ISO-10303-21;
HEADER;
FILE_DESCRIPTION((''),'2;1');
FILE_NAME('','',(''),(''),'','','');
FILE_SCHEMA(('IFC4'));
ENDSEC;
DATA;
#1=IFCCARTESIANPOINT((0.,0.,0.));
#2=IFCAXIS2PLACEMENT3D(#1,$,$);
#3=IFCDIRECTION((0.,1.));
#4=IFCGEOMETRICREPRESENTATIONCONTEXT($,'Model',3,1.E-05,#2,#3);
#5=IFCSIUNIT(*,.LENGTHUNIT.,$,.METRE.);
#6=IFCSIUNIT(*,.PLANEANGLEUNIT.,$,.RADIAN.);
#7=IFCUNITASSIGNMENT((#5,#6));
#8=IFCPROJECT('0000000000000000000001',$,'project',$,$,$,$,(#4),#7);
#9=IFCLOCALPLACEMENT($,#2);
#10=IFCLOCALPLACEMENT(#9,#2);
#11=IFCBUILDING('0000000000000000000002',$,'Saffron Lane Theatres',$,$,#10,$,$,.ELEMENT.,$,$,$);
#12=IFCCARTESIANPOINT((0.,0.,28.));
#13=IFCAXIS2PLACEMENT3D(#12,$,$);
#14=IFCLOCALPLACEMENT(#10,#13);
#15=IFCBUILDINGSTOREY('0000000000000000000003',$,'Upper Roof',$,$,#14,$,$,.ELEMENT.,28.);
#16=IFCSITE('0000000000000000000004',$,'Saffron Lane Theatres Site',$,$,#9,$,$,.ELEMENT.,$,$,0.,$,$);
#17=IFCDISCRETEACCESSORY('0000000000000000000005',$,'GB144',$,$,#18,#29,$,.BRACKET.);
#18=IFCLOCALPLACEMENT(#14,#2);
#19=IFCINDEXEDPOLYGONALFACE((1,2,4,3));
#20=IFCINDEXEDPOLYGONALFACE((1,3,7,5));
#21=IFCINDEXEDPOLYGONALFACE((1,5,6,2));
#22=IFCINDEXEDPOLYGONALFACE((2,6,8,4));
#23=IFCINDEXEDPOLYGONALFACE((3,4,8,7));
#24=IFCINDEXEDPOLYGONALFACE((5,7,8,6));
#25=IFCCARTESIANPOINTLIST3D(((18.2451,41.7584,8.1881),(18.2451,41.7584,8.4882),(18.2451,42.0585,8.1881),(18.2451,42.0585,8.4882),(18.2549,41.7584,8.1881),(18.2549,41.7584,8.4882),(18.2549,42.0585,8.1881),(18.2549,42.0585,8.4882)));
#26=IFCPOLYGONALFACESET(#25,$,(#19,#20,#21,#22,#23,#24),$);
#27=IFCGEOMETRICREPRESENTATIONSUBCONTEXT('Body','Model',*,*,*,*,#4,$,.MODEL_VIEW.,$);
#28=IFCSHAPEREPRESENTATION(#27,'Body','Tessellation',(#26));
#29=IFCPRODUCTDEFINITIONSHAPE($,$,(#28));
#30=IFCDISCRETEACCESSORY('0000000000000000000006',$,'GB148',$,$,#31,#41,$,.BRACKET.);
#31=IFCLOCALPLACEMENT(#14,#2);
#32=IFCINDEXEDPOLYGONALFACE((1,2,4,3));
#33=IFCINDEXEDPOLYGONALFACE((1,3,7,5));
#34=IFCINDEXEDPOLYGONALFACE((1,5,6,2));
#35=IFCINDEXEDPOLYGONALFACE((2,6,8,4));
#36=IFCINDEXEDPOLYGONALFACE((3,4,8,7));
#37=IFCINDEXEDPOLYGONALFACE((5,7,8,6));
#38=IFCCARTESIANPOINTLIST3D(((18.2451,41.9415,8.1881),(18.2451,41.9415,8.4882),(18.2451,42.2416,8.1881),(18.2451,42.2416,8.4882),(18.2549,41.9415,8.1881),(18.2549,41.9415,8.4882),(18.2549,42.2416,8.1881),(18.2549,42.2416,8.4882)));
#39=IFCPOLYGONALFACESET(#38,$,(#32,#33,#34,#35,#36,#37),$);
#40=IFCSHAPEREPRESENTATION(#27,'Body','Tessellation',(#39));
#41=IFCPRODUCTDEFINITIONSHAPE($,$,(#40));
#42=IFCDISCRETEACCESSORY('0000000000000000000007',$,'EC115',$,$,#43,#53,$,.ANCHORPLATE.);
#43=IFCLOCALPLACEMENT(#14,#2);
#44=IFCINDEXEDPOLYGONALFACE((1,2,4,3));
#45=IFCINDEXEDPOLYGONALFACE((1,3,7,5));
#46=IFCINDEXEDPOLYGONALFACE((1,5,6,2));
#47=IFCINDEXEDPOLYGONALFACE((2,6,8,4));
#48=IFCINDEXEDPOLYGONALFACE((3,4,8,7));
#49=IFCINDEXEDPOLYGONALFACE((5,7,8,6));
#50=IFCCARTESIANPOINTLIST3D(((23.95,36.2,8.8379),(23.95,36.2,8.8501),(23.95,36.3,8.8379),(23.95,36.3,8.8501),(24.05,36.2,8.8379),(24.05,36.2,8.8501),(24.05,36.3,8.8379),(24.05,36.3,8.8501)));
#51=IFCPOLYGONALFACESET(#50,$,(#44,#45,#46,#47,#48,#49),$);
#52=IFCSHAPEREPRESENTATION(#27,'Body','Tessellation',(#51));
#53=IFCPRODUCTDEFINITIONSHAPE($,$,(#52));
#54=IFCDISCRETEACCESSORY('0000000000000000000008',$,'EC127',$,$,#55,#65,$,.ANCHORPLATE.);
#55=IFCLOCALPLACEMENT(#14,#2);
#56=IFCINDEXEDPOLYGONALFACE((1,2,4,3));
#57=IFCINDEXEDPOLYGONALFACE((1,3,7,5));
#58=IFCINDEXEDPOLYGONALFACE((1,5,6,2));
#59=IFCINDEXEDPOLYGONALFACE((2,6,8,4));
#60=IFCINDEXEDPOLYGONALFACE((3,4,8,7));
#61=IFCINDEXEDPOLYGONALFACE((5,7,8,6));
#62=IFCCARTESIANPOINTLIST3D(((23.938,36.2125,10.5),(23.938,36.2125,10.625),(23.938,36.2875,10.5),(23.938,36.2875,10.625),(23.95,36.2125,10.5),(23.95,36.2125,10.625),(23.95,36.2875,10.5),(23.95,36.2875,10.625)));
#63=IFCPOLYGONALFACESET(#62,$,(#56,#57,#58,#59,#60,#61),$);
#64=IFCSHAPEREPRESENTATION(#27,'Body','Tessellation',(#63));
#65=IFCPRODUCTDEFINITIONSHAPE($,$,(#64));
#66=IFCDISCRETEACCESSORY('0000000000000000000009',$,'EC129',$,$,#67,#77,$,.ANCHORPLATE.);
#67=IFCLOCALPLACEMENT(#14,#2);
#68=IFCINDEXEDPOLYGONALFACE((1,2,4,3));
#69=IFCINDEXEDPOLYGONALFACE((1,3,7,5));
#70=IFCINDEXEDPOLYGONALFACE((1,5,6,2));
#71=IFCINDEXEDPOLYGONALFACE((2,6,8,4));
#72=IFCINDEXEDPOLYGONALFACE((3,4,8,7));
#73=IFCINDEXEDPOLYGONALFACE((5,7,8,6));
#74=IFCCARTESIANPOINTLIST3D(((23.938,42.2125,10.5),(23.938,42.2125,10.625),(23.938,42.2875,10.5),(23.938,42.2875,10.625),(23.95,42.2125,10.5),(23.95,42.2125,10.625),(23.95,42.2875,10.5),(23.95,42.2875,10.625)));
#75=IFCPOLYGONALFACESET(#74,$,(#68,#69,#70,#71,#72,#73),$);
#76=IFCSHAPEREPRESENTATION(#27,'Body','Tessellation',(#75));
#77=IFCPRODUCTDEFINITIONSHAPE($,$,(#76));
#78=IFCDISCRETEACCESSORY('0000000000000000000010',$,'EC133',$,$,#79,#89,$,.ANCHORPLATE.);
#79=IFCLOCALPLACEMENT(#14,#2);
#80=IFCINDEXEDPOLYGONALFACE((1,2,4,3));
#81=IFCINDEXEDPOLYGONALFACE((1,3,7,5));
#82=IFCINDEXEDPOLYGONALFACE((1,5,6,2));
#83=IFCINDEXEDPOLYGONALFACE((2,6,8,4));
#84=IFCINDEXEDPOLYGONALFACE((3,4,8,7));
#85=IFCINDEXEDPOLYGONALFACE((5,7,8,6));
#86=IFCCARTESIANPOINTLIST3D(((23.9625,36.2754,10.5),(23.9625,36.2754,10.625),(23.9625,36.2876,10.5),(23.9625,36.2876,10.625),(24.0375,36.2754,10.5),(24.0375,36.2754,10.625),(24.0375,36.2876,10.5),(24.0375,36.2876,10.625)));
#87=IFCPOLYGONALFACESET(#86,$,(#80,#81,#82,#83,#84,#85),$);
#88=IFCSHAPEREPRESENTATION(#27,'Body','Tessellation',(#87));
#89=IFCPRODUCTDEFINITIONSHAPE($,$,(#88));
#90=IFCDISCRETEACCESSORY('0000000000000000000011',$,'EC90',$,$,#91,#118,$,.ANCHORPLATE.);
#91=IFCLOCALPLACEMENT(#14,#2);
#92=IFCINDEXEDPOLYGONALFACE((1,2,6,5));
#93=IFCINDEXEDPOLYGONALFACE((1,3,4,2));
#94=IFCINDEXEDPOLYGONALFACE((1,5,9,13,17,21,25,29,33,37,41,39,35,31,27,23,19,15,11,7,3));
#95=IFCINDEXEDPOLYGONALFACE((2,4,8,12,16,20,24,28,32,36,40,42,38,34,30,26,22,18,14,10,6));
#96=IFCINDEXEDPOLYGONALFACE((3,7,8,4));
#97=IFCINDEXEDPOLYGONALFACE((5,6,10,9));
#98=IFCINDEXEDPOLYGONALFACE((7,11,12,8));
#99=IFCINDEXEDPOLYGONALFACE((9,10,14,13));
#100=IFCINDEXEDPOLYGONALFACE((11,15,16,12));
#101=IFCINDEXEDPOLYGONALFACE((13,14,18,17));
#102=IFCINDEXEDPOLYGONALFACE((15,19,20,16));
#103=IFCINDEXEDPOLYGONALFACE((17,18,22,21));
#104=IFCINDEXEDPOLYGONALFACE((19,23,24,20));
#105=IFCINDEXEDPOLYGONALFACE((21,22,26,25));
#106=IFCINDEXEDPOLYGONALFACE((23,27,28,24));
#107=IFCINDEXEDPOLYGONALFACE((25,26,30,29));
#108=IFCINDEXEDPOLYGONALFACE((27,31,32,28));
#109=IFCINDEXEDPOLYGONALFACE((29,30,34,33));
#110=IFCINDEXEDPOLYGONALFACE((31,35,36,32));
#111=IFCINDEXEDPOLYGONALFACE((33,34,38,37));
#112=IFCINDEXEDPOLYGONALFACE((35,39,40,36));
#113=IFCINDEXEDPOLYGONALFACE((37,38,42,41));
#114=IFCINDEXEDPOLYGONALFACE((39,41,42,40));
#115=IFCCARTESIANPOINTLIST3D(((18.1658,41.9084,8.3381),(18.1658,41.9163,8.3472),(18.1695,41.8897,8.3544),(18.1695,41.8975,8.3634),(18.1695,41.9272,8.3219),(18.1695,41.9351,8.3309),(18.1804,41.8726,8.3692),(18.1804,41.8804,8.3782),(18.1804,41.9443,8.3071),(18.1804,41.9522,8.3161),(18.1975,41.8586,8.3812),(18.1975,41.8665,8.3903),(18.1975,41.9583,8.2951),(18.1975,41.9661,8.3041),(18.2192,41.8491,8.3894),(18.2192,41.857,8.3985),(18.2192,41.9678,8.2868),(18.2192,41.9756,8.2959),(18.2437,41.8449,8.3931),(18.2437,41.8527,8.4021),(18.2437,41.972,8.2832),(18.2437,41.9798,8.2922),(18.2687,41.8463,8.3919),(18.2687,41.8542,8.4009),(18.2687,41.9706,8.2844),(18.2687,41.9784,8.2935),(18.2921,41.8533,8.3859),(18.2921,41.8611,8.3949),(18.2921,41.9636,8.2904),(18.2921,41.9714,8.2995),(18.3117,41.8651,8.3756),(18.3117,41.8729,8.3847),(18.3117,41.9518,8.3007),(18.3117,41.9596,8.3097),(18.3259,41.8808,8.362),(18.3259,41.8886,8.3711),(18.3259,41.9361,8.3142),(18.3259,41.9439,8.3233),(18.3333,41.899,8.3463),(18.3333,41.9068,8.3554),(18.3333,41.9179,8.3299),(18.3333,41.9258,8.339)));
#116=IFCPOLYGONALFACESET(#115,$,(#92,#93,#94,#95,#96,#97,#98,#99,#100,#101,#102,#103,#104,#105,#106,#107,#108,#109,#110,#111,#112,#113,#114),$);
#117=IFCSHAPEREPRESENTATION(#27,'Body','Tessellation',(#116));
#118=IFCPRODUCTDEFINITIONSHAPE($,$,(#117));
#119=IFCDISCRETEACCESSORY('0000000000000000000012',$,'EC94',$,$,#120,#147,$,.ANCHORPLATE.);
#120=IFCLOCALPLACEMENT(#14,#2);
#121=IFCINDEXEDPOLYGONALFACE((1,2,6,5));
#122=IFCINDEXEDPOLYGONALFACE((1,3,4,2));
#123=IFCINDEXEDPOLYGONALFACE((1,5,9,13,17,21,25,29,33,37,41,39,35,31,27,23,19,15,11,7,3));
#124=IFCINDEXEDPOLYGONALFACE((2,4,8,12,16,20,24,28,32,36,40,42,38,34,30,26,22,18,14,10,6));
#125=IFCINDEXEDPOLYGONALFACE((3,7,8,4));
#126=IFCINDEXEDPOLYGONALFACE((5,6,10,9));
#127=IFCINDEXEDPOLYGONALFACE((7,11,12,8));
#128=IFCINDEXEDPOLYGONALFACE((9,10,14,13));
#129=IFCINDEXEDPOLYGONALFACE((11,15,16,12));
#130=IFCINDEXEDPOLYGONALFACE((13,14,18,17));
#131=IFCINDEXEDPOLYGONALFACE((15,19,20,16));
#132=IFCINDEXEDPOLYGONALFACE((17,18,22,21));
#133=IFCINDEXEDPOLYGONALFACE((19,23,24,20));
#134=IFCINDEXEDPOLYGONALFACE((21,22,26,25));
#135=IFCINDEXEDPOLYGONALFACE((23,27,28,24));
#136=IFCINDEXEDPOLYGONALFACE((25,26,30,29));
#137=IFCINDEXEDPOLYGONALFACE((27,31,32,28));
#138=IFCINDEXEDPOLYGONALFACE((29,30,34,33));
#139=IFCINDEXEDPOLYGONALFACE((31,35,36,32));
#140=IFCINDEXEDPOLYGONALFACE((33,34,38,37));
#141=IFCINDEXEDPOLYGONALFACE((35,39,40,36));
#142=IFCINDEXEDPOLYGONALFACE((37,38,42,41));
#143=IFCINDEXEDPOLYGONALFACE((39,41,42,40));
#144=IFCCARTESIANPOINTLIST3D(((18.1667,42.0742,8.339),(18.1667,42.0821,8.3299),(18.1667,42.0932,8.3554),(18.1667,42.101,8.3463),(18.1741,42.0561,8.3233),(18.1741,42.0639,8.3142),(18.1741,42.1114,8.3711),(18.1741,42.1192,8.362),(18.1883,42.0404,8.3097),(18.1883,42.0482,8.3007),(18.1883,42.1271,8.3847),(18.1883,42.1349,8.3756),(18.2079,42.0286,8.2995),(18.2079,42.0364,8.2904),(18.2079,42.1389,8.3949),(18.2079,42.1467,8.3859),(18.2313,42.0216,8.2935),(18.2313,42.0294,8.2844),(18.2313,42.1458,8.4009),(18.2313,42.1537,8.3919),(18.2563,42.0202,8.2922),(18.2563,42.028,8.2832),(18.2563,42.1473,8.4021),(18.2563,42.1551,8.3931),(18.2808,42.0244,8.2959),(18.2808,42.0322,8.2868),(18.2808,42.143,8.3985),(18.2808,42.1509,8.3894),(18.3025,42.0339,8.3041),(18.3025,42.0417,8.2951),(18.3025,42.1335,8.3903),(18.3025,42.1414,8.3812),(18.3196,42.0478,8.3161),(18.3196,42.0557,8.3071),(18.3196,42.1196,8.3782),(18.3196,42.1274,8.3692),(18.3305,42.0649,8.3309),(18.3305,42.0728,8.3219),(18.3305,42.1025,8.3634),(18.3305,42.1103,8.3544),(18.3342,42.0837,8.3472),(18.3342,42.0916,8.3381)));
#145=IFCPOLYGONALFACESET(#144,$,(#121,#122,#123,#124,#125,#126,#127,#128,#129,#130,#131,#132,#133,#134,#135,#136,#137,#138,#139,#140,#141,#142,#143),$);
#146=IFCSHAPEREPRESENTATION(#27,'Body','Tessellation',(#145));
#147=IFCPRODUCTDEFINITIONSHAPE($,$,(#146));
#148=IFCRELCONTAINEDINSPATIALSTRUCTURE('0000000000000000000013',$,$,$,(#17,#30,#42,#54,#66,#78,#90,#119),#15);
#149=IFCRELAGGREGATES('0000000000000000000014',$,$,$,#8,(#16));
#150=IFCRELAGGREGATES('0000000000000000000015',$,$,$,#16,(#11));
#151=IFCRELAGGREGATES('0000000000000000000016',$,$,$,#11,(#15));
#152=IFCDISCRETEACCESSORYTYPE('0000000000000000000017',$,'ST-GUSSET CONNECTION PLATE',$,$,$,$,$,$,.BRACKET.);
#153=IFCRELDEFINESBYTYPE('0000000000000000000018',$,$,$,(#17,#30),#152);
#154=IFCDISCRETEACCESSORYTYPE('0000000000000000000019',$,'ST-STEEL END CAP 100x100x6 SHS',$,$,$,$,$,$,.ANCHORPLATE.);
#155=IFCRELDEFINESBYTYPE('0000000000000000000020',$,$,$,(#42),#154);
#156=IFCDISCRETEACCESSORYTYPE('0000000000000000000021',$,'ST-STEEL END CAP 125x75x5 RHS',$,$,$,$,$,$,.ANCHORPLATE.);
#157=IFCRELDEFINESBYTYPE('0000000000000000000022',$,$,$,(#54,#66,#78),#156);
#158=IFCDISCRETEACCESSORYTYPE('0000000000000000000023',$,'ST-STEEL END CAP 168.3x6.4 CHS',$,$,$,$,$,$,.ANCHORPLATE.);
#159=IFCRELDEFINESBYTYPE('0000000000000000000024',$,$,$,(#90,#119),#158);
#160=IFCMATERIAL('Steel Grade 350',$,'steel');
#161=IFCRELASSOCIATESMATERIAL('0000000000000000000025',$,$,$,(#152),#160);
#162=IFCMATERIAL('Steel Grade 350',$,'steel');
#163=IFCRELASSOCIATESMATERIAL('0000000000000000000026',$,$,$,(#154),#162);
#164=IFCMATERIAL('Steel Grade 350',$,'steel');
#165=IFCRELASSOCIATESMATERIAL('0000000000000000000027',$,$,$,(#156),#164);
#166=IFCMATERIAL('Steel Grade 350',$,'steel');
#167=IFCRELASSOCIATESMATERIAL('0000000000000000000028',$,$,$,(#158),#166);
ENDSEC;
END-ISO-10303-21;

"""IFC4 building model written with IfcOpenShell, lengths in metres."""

from ifc_helpers import new_model, si_unit, direction, frame, origin, origin_2d, place, context, subcontext, project, spatial, rectangle, circle, extrude, material, material_profile, profile_set, type_object, element, save


model = new_model("IFC4")

# Units and contexts
model_context = context("Model", 3, precision=1e-05, world=origin(), true_north=direction((0.0, 1.0)))
body_context = subcontext(model_context, "Body", "Model", "MODEL_VIEW")
ifc_project = project(units=[si_unit("LENGTHUNIT", "METRE"), si_unit("PLANEANGLEUNIT", "RADIAN")], contexts=[model_context])

# Site, building, storey
site_placement = place(None, origin())
site = spatial("IfcSite", under=ifc_project, at=site_placement, Name="Saffron Lane Theatres Site", CompositionType="ELEMENT", RefElevation=0.0)
building_placement = place(site_placement, origin())
building = spatial("IfcBuilding", under=site, at=building_placement, Name="Saffron Lane Theatres", CompositionType="ELEMENT")
storey_placement = place(building_placement, frame((0.0, 0.0, 28.0)))
storey = spatial("IfcBuildingStorey", under=building, at=storey_placement, Name="Upper Roof", CompositionType="ELEMENT", Elevation=28.0)

# Discrete accessories
ifc_material_1 = material(Name="Steel Grade 350", Category="steel")
ifc_material_profile_1 = material_profile(ifc_material_1, rectangle(XDim=0.3, YDim=0.3, at=origin_2d()))
ifc_profile_set_1 = profile_set([ifc_material_profile_1], Name="Steel Grade 350")
discrete_accessory_type_1 = type_object("IfcDiscreteAccessoryType", Name="ST-GUSSET CONNECTION PLATE", PredefinedType="BRACKET", material=ifc_profile_set_1)
for number, where, z_axis, x_axis, name in (
    (1, (18.2451, 41.9084, 8.3381), (1.0, 0.0, 0.0), (0.0, 1.0, 0.0), "GB144"),
    (2, (18.2451, 42.0916, 8.3381), (1.0, 0.0, 0.0), (0.0, 1.0, 0.0), "GB148"),
):
    element("IfcDiscreteAccessory", number, at=place(storey_placement, frame(where, z_axis=z_axis, x_axis=x_axis)), inside=storey, type_object=discrete_accessory_type_1, Name=name, PredefinedType="BRACKET", context=body_context, shape_type="SweptSolid", body=[
        extrude(rectangle(XDim=0.3, YDim=0.3, at=origin_2d()), origin(), (0.0, 0.0, 1.0), 0.0098),
    ])
ifc_material_2 = material(Name="Steel Grade 350", Category="steel")
ifc_material_profile_2 = material_profile(ifc_material_2, rectangle(XDim=0.1001, YDim=0.1001, at=origin_2d()))
ifc_profile_set_2 = profile_set([ifc_material_profile_2], Name="Steel Grade 350")
discrete_accessory_type_2 = type_object("IfcDiscreteAccessoryType", Name="ST-STEEL END CAP 100x100x6 SHS", PredefinedType="ANCHORPLATE", material=ifc_profile_set_2)
discrete_accessory_1_placement = place(storey_placement, frame((24.0, 36.25, 8.8379), z_axis=(0.0, 0.0, 1.0), x_axis=(1.0, 0.0, 0.0)))
element("IfcDiscreteAccessory", 3, at=discrete_accessory_1_placement, inside=storey, type_object=discrete_accessory_type_2, Name="EC115", PredefinedType="ANCHORPLATE", context=body_context, shape_type="SweptSolid", body=[
    extrude(rectangle(XDim=0.1001, YDim=0.1001, at=origin_2d()), origin(), (0.0, 0.0, 1.0), 0.0122),
])
ifc_material_3 = material(Name="Steel Grade 350", Category="steel")
ifc_material_profile_3 = material_profile(ifc_material_3, rectangle(XDim=0.075, YDim=0.125, at=origin_2d()))
ifc_profile_set_3 = profile_set([ifc_material_profile_3], Name="Steel Grade 350")
discrete_accessory_type_3 = type_object("IfcDiscreteAccessoryType", Name="ST-STEEL END CAP 125x75x5 RHS", PredefinedType="ANCHORPLATE", material=ifc_profile_set_3)
for number, where, z_axis, x_axis, name in (
    (4, (23.938, 36.25, 10.5625), (1.0, 0.0, 0.0), (0.0, 1.0, 0.0), "EC127"),
    (5, (23.938, 42.25, 10.5625), (1.0, 0.0, 0.0), (0.0, 1.0, 0.0), "EC129"),
):
    element("IfcDiscreteAccessory", number, at=place(storey_placement, frame(where, z_axis=z_axis, x_axis=x_axis)), inside=storey, type_object=discrete_accessory_type_3, Name=name, PredefinedType="ANCHORPLATE", context=body_context, shape_type="SweptSolid", body=[
        extrude(rectangle(XDim=0.075, YDim=0.125, at=origin_2d()), origin(), (0.0, 0.0, 1.0), 0.012),
    ])
discrete_accessory_2_placement = place(storey_placement, frame((24.0, 36.2754, 10.5625), z_axis=(0.0, 1.0, 0.0), x_axis=(-1.0, 0.0, 0.0)))
element("IfcDiscreteAccessory", 6, at=discrete_accessory_2_placement, inside=storey, type_object=discrete_accessory_type_3, Name="EC133", PredefinedType="ANCHORPLATE", context=body_context, shape_type="SweptSolid", body=[
    extrude(rectangle(XDim=0.075, YDim=0.125, at=origin_2d()), origin(), (0.0, 0.0, 1.0), 0.0122),
])
ifc_material_4 = material(Name="Steel Grade 350", Category="steel")
ifc_material_profile_4 = material_profile(ifc_material_4, circle(Radius=0.0842, at=origin_2d()))
ifc_profile_set_4 = profile_set([ifc_material_profile_4], Name="Steel Grade 350")
discrete_accessory_type_4 = type_object("IfcDiscreteAccessoryType", Name="ST-STEEL END CAP 168.3x6.4 CHS", PredefinedType="ANCHORPLATE", material=ifc_profile_set_4)
for number, where, z_axis, x_axis, name in (
    (7, (18.25, 41.9084, 8.3381), (0.0, 0.654152, 0.756363), (-1.0, 0.0, 0.0), "EC90"),
    (8, (18.25, 42.0916, 8.3381), (0.0, -0.654152, 0.756363), (1.0, 0.0, 0.0), "EC94"),
):
    element("IfcDiscreteAccessory", number, at=place(storey_placement, frame(where, z_axis=z_axis, x_axis=x_axis)), inside=storey, type_object=discrete_accessory_type_4, Name=name, PredefinedType="ANCHORPLATE", context=body_context, shape_type="SweptSolid", body=[
        extrude(circle(Radius=0.0842, at=origin_2d()), origin(), (0.0, 0.0, 1.0), 0.012),
    ])

save(model, "model.ifc")
